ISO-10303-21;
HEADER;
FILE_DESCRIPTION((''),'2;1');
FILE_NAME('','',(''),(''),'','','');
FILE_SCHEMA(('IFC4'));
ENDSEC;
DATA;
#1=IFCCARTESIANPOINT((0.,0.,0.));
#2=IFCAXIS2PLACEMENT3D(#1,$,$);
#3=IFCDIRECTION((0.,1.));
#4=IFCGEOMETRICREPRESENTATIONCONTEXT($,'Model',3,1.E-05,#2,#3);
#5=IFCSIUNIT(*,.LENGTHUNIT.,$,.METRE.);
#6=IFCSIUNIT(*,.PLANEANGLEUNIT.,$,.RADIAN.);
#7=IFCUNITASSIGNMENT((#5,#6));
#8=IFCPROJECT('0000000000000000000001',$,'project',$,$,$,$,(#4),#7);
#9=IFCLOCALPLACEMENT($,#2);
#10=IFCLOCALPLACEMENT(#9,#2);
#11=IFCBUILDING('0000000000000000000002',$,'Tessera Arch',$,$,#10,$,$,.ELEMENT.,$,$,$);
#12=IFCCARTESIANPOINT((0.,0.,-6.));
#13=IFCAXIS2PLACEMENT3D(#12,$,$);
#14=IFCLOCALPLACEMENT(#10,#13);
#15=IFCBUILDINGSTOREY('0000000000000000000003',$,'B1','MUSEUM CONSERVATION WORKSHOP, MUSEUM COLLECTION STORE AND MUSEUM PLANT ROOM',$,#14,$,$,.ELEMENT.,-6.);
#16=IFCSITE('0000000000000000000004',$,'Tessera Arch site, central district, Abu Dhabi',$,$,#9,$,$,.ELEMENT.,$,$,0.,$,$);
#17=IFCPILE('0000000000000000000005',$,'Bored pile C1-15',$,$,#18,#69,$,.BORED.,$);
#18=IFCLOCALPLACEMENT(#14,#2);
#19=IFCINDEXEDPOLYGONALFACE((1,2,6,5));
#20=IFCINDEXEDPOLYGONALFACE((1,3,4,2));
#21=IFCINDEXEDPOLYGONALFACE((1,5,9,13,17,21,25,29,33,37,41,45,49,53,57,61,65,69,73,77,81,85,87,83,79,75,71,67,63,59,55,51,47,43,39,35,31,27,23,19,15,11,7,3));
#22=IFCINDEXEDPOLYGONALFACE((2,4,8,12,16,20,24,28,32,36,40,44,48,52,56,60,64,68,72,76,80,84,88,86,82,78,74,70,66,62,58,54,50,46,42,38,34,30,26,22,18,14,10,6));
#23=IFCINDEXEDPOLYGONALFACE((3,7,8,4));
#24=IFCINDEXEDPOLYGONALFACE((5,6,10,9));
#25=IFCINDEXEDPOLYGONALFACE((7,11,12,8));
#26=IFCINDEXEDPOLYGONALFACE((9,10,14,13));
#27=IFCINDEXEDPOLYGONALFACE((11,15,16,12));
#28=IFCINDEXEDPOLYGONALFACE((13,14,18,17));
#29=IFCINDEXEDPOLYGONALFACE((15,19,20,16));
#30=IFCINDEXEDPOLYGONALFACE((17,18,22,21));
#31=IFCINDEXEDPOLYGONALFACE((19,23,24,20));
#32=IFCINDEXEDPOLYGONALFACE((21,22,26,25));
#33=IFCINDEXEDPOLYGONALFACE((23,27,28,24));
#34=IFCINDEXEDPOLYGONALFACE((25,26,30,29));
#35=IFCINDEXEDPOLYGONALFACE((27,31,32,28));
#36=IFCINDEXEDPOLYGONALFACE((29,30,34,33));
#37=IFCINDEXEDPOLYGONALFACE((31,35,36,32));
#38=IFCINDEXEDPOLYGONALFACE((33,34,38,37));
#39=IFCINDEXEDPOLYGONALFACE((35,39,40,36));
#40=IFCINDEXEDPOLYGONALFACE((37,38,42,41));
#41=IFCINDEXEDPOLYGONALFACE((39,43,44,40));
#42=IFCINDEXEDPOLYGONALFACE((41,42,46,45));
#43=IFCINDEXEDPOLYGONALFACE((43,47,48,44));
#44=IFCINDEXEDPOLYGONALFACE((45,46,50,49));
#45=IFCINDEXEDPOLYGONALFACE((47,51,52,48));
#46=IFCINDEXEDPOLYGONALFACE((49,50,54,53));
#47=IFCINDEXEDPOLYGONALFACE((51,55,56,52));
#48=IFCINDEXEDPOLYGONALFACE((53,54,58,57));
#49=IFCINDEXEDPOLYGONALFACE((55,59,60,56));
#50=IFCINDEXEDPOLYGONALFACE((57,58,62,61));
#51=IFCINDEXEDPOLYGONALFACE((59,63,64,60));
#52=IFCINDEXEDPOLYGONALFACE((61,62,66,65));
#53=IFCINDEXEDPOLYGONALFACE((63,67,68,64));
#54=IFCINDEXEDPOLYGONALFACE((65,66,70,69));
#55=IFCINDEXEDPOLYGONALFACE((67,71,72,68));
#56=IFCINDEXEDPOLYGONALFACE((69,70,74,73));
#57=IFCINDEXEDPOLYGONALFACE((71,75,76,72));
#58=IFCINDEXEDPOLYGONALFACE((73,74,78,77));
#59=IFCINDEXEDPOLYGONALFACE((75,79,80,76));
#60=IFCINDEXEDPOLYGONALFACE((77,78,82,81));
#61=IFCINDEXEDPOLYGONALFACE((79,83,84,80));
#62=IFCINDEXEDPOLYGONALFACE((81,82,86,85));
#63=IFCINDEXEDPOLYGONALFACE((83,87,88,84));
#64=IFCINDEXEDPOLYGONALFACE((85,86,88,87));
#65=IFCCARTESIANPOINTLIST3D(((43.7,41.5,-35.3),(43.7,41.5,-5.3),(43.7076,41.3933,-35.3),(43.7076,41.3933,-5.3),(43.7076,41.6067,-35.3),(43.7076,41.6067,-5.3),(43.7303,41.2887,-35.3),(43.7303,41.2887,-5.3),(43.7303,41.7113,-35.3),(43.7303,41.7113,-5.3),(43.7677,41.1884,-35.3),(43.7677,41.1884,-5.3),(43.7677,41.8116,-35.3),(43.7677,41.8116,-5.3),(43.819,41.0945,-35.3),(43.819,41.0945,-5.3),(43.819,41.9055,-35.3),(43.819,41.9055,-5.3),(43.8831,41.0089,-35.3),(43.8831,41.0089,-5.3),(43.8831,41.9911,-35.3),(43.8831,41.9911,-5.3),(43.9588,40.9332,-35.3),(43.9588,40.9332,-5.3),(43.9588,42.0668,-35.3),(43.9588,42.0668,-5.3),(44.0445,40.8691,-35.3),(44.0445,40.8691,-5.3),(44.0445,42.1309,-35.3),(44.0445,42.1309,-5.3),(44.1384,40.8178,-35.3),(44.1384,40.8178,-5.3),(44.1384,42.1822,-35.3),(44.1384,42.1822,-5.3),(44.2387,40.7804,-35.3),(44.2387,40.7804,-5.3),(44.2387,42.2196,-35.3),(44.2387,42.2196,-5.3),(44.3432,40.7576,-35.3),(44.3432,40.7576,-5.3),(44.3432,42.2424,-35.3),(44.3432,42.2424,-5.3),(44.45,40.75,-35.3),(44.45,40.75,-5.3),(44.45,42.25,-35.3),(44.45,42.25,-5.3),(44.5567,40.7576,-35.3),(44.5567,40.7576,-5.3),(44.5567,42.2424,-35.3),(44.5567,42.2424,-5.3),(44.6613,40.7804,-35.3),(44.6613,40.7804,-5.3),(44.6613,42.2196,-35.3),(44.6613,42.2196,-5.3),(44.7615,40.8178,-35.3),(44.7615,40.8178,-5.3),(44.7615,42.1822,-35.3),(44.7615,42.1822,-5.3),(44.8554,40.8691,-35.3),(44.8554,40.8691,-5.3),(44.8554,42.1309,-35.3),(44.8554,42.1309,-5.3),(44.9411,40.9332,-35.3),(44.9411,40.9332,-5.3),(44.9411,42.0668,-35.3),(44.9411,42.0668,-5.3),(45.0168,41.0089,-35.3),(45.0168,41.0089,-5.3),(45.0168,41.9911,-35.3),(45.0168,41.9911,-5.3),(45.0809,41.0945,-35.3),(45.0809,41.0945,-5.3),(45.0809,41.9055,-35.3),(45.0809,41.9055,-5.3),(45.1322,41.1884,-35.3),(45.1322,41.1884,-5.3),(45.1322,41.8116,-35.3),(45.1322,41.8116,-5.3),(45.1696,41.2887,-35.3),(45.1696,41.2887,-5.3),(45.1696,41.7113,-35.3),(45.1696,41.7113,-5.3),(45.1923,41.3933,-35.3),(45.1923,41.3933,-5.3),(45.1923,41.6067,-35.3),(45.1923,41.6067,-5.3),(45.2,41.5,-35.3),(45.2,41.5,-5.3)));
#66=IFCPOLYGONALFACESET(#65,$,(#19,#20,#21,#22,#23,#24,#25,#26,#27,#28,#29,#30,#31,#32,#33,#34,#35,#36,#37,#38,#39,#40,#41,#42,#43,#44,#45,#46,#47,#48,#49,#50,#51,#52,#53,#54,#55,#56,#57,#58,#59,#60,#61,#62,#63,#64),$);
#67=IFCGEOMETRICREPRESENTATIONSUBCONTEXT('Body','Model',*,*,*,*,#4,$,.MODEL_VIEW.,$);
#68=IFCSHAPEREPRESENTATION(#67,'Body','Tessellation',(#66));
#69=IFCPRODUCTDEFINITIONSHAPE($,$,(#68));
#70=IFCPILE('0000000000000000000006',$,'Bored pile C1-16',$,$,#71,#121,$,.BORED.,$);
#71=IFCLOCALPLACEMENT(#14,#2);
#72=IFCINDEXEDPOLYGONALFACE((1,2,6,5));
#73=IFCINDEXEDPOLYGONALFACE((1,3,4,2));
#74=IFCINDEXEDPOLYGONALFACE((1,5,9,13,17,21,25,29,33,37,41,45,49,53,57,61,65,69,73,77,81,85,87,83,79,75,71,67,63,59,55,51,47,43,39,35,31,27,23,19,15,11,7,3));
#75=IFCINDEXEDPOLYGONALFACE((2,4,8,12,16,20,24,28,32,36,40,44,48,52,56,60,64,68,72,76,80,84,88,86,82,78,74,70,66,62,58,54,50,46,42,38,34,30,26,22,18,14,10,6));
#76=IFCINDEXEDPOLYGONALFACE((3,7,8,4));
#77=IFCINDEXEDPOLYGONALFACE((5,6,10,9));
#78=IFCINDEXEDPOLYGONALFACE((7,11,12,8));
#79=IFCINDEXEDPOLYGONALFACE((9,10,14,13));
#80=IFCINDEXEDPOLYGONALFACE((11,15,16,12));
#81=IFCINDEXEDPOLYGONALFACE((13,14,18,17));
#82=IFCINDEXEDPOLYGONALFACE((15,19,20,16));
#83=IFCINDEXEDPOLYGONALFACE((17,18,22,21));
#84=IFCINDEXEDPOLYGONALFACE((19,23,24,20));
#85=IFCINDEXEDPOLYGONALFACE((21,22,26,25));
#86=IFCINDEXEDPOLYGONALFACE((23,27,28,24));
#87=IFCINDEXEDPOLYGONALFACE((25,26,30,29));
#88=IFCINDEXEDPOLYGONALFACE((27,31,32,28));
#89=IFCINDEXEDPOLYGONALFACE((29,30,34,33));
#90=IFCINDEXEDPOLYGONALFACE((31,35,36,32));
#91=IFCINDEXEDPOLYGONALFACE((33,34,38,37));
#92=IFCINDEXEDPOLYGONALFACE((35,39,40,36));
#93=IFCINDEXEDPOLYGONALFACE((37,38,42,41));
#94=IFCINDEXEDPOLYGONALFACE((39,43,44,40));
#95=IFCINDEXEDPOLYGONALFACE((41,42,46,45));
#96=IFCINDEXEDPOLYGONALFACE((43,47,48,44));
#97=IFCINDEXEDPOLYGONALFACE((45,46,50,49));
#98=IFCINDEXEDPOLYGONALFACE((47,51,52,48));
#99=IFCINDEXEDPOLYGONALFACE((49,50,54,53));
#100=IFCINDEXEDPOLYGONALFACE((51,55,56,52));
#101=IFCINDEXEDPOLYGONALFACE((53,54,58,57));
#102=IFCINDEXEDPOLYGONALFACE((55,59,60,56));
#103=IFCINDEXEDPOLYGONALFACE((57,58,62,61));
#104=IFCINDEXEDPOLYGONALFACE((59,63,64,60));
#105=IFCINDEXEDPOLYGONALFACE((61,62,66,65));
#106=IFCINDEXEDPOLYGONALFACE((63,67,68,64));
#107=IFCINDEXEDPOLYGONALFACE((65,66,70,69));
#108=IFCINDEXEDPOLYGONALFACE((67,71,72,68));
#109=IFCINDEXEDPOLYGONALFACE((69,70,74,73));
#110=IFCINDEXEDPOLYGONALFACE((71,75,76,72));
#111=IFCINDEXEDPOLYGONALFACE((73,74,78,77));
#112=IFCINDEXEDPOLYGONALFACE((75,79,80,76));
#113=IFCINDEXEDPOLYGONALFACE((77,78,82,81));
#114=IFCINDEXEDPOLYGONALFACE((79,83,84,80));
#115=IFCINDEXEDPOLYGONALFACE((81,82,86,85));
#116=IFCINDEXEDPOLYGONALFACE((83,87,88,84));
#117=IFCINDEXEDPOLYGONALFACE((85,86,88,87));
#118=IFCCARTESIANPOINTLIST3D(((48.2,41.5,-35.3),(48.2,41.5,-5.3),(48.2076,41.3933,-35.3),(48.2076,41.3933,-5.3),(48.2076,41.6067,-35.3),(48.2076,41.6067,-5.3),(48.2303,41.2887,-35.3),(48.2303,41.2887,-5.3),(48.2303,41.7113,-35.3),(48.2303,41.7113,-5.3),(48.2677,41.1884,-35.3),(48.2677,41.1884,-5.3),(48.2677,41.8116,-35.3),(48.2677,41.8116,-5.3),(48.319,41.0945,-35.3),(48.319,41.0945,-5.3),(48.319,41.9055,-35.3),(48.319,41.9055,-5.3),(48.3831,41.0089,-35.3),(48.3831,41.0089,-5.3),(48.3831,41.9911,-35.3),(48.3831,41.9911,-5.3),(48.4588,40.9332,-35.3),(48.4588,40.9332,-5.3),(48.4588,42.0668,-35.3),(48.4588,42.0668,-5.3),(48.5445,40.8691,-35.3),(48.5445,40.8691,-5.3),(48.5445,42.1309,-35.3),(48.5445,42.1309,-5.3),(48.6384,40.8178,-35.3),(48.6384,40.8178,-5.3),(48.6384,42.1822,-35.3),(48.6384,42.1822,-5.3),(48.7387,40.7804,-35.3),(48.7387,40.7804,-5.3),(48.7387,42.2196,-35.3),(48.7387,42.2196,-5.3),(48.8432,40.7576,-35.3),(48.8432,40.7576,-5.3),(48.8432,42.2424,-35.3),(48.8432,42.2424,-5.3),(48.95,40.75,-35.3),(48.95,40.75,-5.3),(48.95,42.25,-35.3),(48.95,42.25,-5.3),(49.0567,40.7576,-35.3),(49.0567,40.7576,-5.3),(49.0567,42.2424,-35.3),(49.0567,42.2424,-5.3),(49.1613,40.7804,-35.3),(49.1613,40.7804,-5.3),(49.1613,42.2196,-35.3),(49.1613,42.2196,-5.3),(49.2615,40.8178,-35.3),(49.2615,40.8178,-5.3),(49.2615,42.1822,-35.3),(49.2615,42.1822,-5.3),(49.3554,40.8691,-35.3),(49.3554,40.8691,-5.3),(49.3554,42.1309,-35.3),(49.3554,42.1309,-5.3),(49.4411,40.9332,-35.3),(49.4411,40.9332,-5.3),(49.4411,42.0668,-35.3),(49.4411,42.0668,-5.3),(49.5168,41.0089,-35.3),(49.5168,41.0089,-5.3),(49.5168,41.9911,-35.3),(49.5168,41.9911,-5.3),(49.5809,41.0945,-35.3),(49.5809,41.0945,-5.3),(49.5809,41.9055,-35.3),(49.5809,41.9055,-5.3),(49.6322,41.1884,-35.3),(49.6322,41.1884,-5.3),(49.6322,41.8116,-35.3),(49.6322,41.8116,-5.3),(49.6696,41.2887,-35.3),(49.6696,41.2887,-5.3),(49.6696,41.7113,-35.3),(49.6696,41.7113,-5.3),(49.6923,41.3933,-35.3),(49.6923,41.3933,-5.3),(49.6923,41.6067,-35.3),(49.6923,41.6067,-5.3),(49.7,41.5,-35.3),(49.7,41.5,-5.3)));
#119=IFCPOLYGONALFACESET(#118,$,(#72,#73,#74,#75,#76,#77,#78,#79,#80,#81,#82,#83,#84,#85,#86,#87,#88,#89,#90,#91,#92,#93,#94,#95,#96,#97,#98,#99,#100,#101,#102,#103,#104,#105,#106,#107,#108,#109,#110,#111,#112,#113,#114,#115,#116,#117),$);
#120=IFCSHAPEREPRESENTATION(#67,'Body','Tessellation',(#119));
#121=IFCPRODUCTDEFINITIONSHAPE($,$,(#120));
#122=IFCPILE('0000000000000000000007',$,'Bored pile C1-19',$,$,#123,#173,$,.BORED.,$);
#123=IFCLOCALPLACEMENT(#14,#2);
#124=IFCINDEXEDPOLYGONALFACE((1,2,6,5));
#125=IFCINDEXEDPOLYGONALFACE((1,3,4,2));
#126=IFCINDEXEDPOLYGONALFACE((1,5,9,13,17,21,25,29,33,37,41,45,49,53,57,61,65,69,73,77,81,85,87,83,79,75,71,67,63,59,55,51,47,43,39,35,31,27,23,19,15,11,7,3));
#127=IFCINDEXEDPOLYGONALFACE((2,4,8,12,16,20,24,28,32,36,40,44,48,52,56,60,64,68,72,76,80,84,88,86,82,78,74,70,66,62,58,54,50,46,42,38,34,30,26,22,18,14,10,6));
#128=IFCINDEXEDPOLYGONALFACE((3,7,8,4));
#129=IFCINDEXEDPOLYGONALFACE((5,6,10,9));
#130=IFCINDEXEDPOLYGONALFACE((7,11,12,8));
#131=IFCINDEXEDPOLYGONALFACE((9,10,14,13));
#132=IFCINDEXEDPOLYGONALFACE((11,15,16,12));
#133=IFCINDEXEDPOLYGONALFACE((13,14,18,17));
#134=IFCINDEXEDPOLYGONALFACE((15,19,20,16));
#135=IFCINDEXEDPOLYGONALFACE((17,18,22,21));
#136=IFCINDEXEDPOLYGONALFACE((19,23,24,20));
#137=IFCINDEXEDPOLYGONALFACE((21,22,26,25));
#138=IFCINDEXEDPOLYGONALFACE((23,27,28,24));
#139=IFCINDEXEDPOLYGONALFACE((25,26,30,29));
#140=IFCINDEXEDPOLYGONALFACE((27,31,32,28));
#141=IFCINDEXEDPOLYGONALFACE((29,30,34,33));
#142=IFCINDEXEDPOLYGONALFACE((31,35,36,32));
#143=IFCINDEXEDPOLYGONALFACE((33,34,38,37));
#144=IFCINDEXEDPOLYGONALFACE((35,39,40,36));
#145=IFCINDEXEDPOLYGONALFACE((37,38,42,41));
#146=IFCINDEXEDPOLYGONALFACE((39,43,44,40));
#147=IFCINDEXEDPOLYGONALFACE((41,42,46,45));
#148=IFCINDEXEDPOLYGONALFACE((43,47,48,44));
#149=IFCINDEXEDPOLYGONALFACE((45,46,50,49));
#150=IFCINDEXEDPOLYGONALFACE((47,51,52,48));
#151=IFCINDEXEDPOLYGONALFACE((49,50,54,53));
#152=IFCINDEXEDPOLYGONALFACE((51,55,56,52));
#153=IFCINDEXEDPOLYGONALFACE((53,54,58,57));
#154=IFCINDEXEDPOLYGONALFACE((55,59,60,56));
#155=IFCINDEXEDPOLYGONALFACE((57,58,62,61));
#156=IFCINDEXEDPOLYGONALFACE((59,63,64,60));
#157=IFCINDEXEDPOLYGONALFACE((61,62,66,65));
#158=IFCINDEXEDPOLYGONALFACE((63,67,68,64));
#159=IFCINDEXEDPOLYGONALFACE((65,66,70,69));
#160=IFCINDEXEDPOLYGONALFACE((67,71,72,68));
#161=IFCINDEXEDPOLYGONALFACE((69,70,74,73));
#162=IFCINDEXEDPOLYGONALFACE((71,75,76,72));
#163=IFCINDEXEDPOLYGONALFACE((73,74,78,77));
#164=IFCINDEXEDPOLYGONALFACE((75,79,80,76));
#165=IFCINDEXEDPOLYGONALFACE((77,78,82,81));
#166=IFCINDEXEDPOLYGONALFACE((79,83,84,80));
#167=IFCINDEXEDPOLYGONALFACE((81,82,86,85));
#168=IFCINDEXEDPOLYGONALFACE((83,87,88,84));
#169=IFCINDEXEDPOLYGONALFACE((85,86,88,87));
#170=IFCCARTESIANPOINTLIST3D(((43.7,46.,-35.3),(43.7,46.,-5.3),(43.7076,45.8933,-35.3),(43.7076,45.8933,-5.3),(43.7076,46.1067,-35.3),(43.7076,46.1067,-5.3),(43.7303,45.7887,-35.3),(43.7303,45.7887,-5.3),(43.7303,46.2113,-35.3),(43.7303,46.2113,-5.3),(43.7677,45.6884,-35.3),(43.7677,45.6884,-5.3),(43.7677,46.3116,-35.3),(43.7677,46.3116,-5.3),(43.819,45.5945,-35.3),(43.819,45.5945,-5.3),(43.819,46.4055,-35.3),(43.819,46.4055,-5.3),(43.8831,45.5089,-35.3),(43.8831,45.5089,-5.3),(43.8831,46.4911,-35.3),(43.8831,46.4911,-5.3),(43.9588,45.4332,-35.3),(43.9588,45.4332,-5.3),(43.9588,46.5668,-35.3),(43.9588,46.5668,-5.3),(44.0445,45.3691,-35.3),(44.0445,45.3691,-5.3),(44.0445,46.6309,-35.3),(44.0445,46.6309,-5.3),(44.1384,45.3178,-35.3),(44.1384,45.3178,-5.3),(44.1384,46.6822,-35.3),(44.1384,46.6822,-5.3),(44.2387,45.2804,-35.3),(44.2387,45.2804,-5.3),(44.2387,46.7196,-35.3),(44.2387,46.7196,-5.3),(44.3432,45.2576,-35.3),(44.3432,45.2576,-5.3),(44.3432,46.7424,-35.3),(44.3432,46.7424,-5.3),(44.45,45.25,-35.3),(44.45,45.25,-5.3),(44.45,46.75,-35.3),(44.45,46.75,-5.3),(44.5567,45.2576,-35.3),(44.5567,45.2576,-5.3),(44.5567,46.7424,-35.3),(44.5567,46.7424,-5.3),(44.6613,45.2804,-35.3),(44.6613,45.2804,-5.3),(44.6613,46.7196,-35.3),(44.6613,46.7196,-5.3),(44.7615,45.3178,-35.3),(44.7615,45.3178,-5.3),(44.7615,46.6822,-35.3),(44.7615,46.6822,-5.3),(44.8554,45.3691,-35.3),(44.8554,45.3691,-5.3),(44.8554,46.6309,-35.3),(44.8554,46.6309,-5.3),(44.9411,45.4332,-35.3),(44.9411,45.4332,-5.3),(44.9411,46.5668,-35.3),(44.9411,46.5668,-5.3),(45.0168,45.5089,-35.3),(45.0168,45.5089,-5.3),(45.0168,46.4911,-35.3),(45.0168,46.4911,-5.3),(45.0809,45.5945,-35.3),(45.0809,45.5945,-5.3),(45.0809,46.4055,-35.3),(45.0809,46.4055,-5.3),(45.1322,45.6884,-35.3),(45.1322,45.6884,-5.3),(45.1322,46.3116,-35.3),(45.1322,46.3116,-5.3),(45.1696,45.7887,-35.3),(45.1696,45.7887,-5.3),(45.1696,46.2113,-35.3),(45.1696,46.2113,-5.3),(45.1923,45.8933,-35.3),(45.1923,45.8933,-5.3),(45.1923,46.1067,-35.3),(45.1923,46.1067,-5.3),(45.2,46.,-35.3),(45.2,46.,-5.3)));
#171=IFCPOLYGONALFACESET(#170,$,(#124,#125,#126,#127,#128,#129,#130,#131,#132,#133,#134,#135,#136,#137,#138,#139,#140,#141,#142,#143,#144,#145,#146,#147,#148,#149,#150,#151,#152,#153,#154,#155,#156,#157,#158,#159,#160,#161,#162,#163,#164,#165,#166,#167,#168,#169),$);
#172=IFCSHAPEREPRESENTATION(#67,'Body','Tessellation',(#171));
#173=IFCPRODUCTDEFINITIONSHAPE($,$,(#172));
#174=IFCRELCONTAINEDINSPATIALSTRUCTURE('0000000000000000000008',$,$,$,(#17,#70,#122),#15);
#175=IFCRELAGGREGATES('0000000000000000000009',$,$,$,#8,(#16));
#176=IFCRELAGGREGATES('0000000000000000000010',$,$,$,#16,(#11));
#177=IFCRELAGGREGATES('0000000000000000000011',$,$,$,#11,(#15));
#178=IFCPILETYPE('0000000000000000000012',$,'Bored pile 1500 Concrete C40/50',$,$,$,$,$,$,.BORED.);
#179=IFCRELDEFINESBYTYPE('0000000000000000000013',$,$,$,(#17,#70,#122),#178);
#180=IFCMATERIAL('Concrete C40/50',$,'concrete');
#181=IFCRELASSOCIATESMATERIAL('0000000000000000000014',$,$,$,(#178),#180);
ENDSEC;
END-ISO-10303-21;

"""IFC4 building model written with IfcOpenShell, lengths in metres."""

from ifc_helpers import new_model, si_unit, direction, frame, origin, origin_2d, place, context, subcontext, project, spatial, circle, extrude, material, type_object, element, save


model = new_model("IFC4")

# Units and contexts
model_context = context("Model", 3, precision=1e-05, world=origin(), true_north=direction((0.0, 1.0)))
body_context = subcontext(model_context, "Body", "Model", "MODEL_VIEW")
ifc_project = project(units=[si_unit("LENGTHUNIT", "METRE"), si_unit("PLANEANGLEUNIT", "RADIAN")], contexts=[model_context])

# Site, building, storey
site_placement = place(None, origin())
site = spatial("IfcSite", under=ifc_project, at=site_placement, Name="Tessera Arch site, central district, Abu Dhabi", CompositionType="ELEMENT", RefElevation=0.0)
building_placement = place(site_placement, origin())
building = spatial("IfcBuilding", under=site, at=building_placement, Name="Tessera Arch", CompositionType="ELEMENT")
storey_placement = place(building_placement, frame((0.0, 0.0, -6.0)))
storey = spatial("IfcBuildingStorey", under=building, at=storey_placement, Name="B1", Description="MUSEUM CONSERVATION WORKSHOP, MUSEUM COLLECTION STORE AND MUSEUM PLANT ROOM", CompositionType="ELEMENT", Elevation=-6.0)

# Piles
ifc_material_1 = material(Name="Concrete C40/50", Category="concrete")
pile_type = type_object("IfcPileType", Name="Bored pile 1500 Concrete C40/50", PredefinedType="BORED", material=ifc_material_1)
for number, where, z_axis, x_axis, name in (
    (1, (44.45, 41.5, -5.3), (0.0, 0.0, -1.0), (1.0, 0.0, 0.0), "Bored pile C1-15"),
    (2, (48.95, 41.5, -5.3), (0.0, 0.0, -1.0), (1.0, 0.0, 0.0), "Bored pile C1-16"),
    (3, (44.45, 46.0, -5.3), (0.0, 0.0, -1.0), (1.0, 0.0, 0.0), "Bored pile C1-19"),
):
    element("IfcPile", number, at=place(storey_placement, frame(where, z_axis=z_axis, x_axis=x_axis)), inside=storey, type_object=pile_type, Name=name, PredefinedType="BORED", context=body_context, shape_type="SweptSolid", body=[
        extrude(circle(Radius=0.75, at=origin_2d()), origin(), (0.0, 0.0, 1.0), 30.0),
    ])

save(model, "model.ifc")
